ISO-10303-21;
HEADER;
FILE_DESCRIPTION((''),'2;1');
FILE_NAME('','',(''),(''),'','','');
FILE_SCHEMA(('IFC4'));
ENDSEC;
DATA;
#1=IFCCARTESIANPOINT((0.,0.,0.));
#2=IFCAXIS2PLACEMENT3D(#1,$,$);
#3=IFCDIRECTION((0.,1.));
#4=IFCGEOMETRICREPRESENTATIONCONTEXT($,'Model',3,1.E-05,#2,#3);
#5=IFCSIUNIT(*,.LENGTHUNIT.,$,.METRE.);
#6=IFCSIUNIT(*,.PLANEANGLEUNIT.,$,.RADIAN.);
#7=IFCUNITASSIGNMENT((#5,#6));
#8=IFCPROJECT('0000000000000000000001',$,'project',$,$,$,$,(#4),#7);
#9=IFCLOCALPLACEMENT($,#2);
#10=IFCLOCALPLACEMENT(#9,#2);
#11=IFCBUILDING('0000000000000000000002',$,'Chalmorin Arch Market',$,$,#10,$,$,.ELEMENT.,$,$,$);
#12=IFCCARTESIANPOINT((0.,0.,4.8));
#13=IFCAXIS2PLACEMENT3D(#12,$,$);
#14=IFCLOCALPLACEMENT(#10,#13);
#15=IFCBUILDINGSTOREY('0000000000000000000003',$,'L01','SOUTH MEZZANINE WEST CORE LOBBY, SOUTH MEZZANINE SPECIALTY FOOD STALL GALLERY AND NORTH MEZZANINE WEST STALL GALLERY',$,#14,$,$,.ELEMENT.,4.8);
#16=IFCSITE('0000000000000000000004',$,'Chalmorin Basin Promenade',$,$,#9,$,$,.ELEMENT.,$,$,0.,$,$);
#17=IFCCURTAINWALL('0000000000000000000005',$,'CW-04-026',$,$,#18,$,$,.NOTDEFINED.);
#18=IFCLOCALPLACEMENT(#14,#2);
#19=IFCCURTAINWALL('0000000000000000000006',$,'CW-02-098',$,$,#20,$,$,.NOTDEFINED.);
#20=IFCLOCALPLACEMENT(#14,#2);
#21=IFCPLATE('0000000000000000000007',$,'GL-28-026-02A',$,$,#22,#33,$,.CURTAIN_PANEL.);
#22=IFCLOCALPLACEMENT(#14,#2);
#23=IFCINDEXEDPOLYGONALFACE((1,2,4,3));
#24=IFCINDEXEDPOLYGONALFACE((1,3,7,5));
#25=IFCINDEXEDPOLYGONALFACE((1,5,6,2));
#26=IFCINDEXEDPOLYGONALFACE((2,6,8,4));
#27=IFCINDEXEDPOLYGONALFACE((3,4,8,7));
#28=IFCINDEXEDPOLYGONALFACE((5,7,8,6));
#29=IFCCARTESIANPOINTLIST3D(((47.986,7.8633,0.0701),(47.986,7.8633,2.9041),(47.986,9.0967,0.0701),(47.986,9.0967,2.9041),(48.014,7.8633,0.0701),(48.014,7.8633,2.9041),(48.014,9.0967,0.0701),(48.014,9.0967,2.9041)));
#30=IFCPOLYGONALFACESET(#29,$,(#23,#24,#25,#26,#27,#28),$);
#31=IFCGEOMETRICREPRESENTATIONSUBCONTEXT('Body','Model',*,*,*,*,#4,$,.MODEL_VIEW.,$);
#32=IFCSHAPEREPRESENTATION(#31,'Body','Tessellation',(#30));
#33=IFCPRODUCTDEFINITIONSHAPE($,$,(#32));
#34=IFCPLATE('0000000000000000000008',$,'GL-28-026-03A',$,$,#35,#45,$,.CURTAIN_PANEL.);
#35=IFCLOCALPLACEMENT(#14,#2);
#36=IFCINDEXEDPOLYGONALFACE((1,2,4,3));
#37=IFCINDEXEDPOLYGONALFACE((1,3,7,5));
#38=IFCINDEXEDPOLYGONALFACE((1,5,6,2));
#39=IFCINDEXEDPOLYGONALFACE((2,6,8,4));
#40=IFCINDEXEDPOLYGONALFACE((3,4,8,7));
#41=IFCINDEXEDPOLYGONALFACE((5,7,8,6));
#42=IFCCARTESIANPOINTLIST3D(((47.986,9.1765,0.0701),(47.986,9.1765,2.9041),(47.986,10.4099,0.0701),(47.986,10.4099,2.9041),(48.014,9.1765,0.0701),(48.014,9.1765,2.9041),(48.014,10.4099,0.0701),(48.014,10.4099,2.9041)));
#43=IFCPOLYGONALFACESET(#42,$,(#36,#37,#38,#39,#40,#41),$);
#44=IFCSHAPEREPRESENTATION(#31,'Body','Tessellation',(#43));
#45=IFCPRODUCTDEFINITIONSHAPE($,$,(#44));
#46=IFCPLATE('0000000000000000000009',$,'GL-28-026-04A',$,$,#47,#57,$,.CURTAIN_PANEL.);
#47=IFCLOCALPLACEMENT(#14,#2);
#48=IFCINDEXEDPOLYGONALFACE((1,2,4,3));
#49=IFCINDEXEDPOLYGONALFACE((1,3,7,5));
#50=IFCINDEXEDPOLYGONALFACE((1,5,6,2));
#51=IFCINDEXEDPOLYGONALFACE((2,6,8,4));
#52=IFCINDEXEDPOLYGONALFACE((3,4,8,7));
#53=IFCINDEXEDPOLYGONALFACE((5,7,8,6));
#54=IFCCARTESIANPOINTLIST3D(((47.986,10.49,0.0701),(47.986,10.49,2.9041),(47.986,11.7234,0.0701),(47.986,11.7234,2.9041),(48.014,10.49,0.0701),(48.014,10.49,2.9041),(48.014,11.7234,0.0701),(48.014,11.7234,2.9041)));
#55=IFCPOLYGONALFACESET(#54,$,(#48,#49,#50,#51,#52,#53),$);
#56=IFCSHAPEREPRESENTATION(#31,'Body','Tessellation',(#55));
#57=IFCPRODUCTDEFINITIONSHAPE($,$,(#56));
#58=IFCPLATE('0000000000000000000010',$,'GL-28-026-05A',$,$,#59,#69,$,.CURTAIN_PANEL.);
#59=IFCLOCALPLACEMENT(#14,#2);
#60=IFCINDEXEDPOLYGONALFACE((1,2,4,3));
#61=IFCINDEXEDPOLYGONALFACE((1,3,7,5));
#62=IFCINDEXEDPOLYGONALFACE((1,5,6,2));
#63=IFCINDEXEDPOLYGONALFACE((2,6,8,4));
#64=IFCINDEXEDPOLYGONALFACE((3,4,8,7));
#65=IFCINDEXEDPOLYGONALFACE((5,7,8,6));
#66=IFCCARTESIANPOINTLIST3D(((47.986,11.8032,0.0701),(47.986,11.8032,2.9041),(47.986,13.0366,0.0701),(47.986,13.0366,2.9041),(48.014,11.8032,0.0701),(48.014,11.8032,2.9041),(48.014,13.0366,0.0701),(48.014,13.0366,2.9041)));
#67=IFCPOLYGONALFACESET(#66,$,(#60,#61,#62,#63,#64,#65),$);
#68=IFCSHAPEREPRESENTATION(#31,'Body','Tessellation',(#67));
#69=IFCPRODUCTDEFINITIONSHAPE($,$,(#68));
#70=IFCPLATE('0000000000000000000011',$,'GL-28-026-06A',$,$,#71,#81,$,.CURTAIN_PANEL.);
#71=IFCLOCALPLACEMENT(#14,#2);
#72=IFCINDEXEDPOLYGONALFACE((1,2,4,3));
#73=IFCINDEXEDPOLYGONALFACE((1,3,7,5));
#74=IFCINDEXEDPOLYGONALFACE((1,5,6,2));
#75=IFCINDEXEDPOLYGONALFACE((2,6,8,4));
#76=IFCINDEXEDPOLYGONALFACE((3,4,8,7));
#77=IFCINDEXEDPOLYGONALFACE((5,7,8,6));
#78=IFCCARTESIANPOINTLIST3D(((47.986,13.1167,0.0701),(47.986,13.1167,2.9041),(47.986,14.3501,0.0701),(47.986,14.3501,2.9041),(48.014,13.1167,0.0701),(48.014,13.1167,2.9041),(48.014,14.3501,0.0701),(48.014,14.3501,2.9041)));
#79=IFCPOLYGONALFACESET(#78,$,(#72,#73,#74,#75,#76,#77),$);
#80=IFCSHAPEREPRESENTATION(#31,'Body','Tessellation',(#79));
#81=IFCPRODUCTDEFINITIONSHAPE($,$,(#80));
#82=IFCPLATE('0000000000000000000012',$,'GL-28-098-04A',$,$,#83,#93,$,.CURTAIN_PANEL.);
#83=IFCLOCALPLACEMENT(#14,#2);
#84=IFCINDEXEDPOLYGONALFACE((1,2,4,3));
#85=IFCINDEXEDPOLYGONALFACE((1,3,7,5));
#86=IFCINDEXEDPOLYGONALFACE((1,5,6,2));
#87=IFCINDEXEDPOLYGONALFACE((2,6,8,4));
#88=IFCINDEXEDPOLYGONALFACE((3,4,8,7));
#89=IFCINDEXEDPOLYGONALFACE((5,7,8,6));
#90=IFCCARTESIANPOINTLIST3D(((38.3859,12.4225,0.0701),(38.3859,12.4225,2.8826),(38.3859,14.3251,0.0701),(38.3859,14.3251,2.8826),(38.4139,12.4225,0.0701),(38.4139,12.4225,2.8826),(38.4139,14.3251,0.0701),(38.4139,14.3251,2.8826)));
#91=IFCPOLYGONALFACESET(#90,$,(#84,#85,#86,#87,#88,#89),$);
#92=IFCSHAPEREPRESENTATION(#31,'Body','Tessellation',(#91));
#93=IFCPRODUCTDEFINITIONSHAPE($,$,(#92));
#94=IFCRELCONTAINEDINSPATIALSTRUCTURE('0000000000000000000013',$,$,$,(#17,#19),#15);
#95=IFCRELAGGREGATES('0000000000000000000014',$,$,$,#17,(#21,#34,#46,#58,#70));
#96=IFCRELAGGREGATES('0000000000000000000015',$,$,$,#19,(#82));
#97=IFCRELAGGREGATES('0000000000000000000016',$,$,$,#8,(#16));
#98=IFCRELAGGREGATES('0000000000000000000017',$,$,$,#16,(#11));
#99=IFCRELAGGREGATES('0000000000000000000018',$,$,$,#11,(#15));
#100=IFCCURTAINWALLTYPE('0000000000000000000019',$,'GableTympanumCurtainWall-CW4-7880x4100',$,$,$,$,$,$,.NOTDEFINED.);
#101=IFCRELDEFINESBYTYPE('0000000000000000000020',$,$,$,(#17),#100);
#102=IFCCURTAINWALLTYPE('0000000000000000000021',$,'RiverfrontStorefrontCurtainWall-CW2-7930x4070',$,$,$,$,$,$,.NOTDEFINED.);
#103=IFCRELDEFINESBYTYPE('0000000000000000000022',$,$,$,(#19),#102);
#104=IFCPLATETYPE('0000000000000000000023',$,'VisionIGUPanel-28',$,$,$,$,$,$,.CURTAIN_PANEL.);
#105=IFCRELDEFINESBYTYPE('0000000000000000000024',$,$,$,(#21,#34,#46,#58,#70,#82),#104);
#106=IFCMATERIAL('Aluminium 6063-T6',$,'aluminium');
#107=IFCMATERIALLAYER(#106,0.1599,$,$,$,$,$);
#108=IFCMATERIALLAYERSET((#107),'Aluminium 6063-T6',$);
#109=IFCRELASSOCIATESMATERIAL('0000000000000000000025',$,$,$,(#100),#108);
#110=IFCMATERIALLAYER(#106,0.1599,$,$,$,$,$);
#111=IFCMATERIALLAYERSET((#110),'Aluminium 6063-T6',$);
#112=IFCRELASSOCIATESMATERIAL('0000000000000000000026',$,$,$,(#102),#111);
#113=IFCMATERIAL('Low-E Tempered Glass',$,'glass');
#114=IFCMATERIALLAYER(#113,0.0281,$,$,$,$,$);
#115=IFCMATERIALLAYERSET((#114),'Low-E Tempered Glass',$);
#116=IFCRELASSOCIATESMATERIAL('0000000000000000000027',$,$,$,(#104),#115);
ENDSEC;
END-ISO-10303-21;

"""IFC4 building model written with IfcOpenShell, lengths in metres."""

from ifc_helpers import new_model, si_unit, direction, frame, origin, origin_2d, place, context, subcontext, project, spatial, rectangle, extrude, material, layer, layer_set, type_object, element, aggregate, save


model = new_model("IFC4")

# Units and contexts
model_context = context("Model", 3, precision=1e-05, world=origin(), true_north=direction((0.0, 1.0)))
body_context = subcontext(model_context, "Body", "Model", "MODEL_VIEW")
ifc_project = project(units=[si_unit("LENGTHUNIT", "METRE"), si_unit("PLANEANGLEUNIT", "RADIAN")], contexts=[model_context])

# Site, building, storey
site_placement = place(None, origin())
site = spatial("IfcSite", under=ifc_project, at=site_placement, Name="Chalmorin Basin Promenade", CompositionType="ELEMENT", RefElevation=0.0)
building_placement = place(site_placement, origin())
building = spatial("IfcBuilding", under=site, at=building_placement, Name="Chalmorin Arch Market", CompositionType="ELEMENT")
storey_placement = place(building_placement, frame((0.0, 0.0, 4.8)))
storey = spatial("IfcBuildingStorey", under=building, at=storey_placement, Name="L01", Description="SOUTH MEZZANINE WEST CORE LOBBY, SOUTH MEZZANINE SPECIALTY FOOD STALL GALLERY AND NORTH MEZZANINE WEST STALL GALLERY", CompositionType="ELEMENT", Elevation=4.8)

# Curtain walls
ifc_material_1 = material(Name="Aluminium 6063-T6", Category="aluminium")
ifc_layer_1 = layer(ifc_material_1, 0.1599)
ifc_layer_set_1 = layer_set([ifc_layer_1], Name="Aluminium 6063-T6")
curtain_wall_type_1 = type_object("IfcCurtainWallType", Name="GableTympanumCurtainWall-CW4-7880x4100", PredefinedType="NOTDEFINED", material=ifc_layer_set_1)
curtain_wall_1_placement = place(storey_placement, origin())
curtain_wall_1 = element("IfcCurtainWall", 1, at=curtain_wall_1_placement, inside=storey, type_object=curtain_wall_type_1, Name="CW-04-026", PredefinedType="NOTDEFINED")
ifc_layer_2 = layer(ifc_material_1, 0.1599)
ifc_layer_set_2 = layer_set([ifc_layer_2], Name="Aluminium 6063-T6")
curtain_wall_type_2 = type_object("IfcCurtainWallType", Name="RiverfrontStorefrontCurtainWall-CW2-7930x4070", PredefinedType="NOTDEFINED", material=ifc_layer_set_2)
curtain_wall_2_placement = place(storey_placement, origin())
curtain_wall_2 = element("IfcCurtainWall", 2, at=curtain_wall_2_placement, inside=storey, type_object=curtain_wall_type_2, Name="CW-02-098", PredefinedType="NOTDEFINED")

# Plates
ifc_material_2 = material(Name="Low-E Tempered Glass", Category="glass")
ifc_layer_3 = layer(ifc_material_2, 0.0281)
ifc_layer_set_3 = layer_set([ifc_layer_3], Name="Low-E Tempered Glass")
plate_type_1 = type_object("IfcPlateType", Name="VisionIGUPanel-28", PredefinedType="CURTAIN_PANEL", material=ifc_layer_set_3)
plate_1_placement = place(storey_placement, frame((48.0, 8.48, 0.0701), z_axis=(0.0, 0.0, 1.0), x_axis=(0.0, 1.0, 0.0)))
plate_1 = element("IfcPlate", 3, at=plate_1_placement, type_object=plate_type_1, Name="GL-28-026-02A", PredefinedType="CURTAIN_PANEL", context=body_context, shape_type="SweptSolid", body=[
    extrude(rectangle(XDim=1.2334, YDim=0.0281, at=origin_2d()), origin(), (0.0, 0.0, 1.0), 2.834),
])
plate_2_placement = place(storey_placement, frame((48.0, 9.7932, 0.0701), z_axis=(0.0, 0.0, 1.0), x_axis=(0.0, 1.0, 0.0)))
plate_2 = element("IfcPlate", 4, at=plate_2_placement, type_object=plate_type_1, Name="GL-28-026-03A", PredefinedType="CURTAIN_PANEL", context=body_context, shape_type="SweptSolid", body=[
    extrude(rectangle(XDim=1.2334, YDim=0.0281, at=origin_2d()), origin(), (0.0, 0.0, 1.0), 2.834),
])
plate_3_placement = place(storey_placement, frame((48.0, 11.1067, 0.0701), z_axis=(0.0, 0.0, 1.0), x_axis=(0.0, 1.0, 0.0)))
plate_3 = element("IfcPlate", 5, at=plate_3_placement, type_object=plate_type_1, Name="GL-28-026-04A", PredefinedType="CURTAIN_PANEL", context=body_context, shape_type="SweptSolid", body=[
    extrude(rectangle(XDim=1.2334, YDim=0.0281, at=origin_2d()), origin(), (0.0, 0.0, 1.0), 2.834),
])
plate_4_placement = place(storey_placement, frame((48.0, 12.4199, 0.0701), z_axis=(0.0, 0.0, 1.0), x_axis=(0.0, 1.0, 0.0)))
plate_4 = element("IfcPlate", 6, at=plate_4_placement, type_object=plate_type_1, Name="GL-28-026-05A", PredefinedType="CURTAIN_PANEL", context=body_context, shape_type="SweptSolid", body=[
    extrude(rectangle(XDim=1.2334, YDim=0.0281, at=origin_2d()), origin(), (0.0, 0.0, 1.0), 2.834),
])
plate_5_placement = place(storey_placement, frame((48.0, 13.7334, 0.0701), z_axis=(0.0, 0.0, 1.0), x_axis=(0.0, 1.0, 0.0)))
plate_5 = element("IfcPlate", 7, at=plate_5_placement, type_object=plate_type_1, Name="GL-28-026-06A", PredefinedType="CURTAIN_PANEL", context=body_context, shape_type="SweptSolid", body=[
    extrude(rectangle(XDim=1.2334, YDim=0.0281, at=origin_2d()), origin(), (0.0, 0.0, 1.0), 2.834),
])
aggregate(curtain_wall_1, [plate_1, plate_2, plate_3, plate_4, plate_5])
plate_6_placement = place(storey_placement, frame((38.3999, 13.3738, 0.0701), z_axis=(0.0, 0.0, 1.0), x_axis=(0.0, 1.0, 0.0)))
plate_6 = element("IfcPlate", 8, at=plate_6_placement, type_object=plate_type_1, Name="GL-28-098-04A", PredefinedType="CURTAIN_PANEL", context=body_context, shape_type="SweptSolid", body=[
    extrude(rectangle(XDim=1.9026, YDim=0.0281, at=origin_2d()), origin(), (0.0, 0.0, 1.0), 2.8125),
])
aggregate(curtain_wall_2, [plate_6])

save(model, "model.ifc")
